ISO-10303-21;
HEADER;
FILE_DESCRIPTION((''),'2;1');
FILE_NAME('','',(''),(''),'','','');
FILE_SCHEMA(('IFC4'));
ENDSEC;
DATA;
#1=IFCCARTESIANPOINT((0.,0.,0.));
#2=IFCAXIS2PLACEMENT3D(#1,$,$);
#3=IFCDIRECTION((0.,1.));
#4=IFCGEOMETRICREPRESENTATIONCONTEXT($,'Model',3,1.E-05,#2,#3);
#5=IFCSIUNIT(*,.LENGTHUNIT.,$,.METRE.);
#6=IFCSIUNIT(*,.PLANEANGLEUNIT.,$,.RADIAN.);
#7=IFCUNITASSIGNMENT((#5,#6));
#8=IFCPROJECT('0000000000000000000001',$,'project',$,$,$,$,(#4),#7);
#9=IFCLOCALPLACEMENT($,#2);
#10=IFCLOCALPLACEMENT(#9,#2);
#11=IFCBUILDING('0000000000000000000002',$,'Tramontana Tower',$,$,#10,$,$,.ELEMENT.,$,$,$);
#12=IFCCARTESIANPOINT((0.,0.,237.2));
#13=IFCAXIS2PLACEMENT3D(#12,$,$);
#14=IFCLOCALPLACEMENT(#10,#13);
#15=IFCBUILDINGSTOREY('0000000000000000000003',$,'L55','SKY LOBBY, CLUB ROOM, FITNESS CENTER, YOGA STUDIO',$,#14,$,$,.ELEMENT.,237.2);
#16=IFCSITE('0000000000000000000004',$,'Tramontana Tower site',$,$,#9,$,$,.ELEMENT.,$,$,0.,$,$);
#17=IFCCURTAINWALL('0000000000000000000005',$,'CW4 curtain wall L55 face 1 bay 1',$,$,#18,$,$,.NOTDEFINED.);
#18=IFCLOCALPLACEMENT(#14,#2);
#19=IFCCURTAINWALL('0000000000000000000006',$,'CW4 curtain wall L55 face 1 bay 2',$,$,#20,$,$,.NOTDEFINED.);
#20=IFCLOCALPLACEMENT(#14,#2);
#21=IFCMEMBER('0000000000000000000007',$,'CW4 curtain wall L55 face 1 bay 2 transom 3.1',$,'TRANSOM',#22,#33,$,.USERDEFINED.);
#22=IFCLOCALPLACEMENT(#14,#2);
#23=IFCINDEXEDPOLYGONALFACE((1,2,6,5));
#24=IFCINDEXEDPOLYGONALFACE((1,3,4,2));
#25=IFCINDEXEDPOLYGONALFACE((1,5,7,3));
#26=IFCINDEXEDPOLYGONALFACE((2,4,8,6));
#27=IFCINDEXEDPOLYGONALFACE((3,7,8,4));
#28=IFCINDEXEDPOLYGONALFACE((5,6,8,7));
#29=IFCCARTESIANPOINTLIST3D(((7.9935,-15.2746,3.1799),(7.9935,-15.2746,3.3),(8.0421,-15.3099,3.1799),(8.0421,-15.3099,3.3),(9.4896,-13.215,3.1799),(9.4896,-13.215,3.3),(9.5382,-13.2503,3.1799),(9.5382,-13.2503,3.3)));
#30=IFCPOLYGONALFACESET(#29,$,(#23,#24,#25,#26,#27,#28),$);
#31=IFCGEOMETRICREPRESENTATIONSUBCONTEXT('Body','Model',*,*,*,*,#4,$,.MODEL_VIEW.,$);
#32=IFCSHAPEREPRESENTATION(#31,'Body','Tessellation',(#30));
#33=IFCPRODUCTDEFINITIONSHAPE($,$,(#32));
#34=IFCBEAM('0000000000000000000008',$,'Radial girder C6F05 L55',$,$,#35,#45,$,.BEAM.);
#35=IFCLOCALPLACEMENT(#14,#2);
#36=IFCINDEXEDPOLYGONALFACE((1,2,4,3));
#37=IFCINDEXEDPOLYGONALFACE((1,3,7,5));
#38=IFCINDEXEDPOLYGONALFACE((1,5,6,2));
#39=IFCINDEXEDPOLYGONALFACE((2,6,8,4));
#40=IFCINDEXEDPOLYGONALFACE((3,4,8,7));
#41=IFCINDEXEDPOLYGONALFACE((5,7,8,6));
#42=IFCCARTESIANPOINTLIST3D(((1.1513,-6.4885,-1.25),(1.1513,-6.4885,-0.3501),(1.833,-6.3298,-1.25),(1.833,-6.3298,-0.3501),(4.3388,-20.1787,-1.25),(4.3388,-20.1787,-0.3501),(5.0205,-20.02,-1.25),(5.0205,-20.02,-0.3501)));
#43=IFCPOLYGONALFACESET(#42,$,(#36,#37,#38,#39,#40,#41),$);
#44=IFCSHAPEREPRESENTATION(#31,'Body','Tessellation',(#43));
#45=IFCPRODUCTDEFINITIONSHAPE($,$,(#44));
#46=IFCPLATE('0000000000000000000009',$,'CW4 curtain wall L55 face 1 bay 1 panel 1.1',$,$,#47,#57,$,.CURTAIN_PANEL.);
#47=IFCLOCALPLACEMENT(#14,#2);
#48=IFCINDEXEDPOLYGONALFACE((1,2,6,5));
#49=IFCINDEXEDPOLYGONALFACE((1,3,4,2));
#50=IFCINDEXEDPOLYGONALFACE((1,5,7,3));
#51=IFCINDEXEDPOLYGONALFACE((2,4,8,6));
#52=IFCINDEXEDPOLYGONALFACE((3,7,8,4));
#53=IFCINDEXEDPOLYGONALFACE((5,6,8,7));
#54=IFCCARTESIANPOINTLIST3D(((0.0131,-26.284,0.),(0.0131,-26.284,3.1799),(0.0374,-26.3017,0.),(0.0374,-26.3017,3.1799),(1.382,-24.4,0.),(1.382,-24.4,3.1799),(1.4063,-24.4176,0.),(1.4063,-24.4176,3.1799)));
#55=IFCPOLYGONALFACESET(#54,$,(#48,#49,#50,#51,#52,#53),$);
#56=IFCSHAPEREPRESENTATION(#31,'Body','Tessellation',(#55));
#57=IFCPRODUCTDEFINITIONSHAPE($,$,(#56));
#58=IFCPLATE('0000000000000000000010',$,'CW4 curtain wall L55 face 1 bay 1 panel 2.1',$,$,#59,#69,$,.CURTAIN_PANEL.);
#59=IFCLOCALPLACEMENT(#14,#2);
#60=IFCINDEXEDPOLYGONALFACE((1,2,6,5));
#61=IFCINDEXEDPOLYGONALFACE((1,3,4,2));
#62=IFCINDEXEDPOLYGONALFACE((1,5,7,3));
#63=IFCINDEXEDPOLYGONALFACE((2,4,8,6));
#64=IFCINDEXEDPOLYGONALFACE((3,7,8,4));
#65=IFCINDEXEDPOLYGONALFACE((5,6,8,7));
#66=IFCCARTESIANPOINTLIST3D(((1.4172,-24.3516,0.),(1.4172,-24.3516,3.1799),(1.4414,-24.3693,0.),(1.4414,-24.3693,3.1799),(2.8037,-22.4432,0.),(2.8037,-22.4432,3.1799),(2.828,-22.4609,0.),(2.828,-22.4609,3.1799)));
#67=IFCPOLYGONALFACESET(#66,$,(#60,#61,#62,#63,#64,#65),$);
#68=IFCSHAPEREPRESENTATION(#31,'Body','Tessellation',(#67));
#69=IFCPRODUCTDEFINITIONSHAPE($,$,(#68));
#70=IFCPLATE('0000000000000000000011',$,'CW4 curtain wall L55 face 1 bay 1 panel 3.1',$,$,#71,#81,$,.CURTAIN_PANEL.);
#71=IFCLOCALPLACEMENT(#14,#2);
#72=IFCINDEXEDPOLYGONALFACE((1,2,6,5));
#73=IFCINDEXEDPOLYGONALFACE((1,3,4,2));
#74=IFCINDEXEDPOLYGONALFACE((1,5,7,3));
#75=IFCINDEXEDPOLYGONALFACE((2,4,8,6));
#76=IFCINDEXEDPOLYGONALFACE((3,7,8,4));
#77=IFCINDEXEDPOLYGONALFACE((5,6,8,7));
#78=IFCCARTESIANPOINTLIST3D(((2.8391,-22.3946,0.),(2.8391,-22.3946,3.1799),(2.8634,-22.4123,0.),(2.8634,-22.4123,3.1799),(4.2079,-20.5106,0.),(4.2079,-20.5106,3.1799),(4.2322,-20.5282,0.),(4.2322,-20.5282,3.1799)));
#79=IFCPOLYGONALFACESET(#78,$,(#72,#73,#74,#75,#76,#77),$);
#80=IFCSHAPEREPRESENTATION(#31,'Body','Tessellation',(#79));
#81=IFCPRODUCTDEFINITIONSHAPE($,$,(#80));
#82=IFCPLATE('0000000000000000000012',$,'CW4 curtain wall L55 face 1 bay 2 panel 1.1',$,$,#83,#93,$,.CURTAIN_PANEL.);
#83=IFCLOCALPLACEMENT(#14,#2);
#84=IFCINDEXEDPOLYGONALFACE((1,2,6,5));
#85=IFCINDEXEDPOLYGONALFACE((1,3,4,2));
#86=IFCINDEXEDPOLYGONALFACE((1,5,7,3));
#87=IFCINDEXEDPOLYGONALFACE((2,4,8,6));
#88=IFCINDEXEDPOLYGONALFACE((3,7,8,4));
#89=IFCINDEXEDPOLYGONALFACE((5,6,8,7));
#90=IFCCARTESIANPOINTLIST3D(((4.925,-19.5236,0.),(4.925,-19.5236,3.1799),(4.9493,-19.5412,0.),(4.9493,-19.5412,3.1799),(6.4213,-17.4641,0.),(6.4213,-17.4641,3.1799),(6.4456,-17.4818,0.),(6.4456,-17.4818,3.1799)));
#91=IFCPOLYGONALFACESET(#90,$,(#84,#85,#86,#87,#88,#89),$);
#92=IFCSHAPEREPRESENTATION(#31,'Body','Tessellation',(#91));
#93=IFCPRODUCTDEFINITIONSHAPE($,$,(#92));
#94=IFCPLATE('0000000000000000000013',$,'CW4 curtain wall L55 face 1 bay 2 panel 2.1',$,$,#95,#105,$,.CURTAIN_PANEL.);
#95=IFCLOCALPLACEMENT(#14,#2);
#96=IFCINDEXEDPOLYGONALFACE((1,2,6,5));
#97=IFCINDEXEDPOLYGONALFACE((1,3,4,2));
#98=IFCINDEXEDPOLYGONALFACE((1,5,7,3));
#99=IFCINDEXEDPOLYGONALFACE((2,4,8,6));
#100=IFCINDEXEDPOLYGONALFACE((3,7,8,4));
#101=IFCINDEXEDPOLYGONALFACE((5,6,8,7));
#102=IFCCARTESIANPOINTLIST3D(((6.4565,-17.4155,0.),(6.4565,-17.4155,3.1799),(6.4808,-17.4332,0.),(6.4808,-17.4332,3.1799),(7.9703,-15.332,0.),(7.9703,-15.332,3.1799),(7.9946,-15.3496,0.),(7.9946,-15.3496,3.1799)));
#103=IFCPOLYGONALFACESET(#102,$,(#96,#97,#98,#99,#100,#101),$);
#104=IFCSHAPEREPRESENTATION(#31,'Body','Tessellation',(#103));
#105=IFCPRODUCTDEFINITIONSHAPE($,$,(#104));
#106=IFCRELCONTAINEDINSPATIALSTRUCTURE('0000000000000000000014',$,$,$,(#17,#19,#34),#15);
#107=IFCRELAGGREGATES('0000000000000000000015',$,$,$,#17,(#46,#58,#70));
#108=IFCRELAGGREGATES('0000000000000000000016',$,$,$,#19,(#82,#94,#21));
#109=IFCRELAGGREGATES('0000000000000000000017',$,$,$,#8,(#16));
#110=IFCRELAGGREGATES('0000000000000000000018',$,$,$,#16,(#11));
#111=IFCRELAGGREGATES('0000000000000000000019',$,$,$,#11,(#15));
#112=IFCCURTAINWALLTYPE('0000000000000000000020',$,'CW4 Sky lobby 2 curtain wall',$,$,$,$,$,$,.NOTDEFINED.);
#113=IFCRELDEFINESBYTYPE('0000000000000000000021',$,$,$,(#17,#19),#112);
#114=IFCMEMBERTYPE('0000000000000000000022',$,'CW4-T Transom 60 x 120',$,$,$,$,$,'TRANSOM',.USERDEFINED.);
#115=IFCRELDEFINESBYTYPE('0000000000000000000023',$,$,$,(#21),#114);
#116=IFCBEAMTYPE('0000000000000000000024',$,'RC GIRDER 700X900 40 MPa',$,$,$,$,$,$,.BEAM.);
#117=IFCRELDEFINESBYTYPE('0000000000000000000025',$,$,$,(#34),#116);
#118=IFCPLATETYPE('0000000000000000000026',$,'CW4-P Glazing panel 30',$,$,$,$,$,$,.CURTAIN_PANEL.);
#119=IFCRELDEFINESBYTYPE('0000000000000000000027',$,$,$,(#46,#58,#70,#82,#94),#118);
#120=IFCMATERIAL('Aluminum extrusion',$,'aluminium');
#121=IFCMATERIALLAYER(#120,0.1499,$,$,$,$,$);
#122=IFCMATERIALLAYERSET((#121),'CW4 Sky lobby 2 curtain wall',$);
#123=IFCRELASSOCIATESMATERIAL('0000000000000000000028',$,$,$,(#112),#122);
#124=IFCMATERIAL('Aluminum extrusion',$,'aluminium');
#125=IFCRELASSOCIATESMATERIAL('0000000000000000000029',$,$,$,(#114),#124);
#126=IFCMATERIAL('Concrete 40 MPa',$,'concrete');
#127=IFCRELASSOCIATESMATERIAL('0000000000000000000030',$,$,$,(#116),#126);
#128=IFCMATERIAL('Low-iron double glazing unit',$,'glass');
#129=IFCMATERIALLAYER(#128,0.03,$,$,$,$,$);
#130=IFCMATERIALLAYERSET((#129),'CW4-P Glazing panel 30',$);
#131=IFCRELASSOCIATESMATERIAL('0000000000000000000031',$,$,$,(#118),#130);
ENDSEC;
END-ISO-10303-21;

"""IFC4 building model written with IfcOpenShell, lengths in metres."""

from ifc_helpers import new_model, si_unit, direction, frame, origin, origin_2d, place, context, subcontext, project, spatial, rectangle, extrude, material, layer, layer_set, material_profile, profile_set, type_object, element, aggregate, save


model = new_model("IFC4")

# Units and contexts
model_context = context("Model", 3, precision=1e-05, world=origin(), true_north=direction((0.0, 1.0)))
body_context = subcontext(model_context, "Body", "Model", "MODEL_VIEW")
ifc_project = project(units=[si_unit("LENGTHUNIT", "METRE"), si_unit("PLANEANGLEUNIT", "RADIAN")], contexts=[model_context])

# Site, building, storey
site_placement = place(None, origin())
site = spatial("IfcSite", under=ifc_project, at=site_placement, Name="Tramontana Tower site", CompositionType="ELEMENT", RefElevation=0.0)
building_placement = place(site_placement, origin())
building = spatial("IfcBuilding", under=site, at=building_placement, Name="Tramontana Tower", CompositionType="ELEMENT")
storey_placement = place(building_placement, frame((0.0, 0.0, 237.2)))
storey = spatial("IfcBuildingStorey", under=building, at=storey_placement, Name="L55", Description="SKY LOBBY, CLUB ROOM, FITNESS CENTER, YOGA STUDIO", CompositionType="ELEMENT", Elevation=237.2)

# Curtain walls
ifc_material_1 = material(Name="Aluminum extrusion", Category="aluminium")
ifc_layer_1 = layer(ifc_material_1, 0.1499)
ifc_layer_set_1 = layer_set([ifc_layer_1], Name="CW4 Sky lobby 2 curtain wall")
curtain_wall_type = type_object("IfcCurtainWallType", Name="CW4 Sky lobby 2 curtain wall", PredefinedType="NOTDEFINED", material=ifc_layer_set_1)
curtain_wall_1_placement = place(storey_placement, origin())
curtain_wall_1 = element("IfcCurtainWall", 1, at=curtain_wall_1_placement, inside=storey, type_object=curtain_wall_type, Name="CW4 curtain wall L55 face 1 bay 1", PredefinedType="NOTDEFINED")
curtain_wall_2_placement = place(storey_placement, origin())
curtain_wall_2 = element("IfcCurtainWall", 2, at=curtain_wall_2_placement, inside=storey, type_object=curtain_wall_type, Name="CW4 curtain wall L55 face 1 bay 2", PredefinedType="NOTDEFINED")

# Member
ifc_material_2 = material(Name="Aluminum extrusion", Category="aluminium")
ifc_material_profile_1 = material_profile(ifc_material_2, rectangle(XDim=0.0601, YDim=0.1201, at=origin_2d()), Name="CW4-T Transom 60 x 120")
ifc_profile_set_1 = profile_set([ifc_material_profile_1], Name="Aluminum extrusion")
member_type_1 = type_object("IfcMemberType", Name="CW4-T Transom 60 x 120", ElementType="TRANSOM", PredefinedType="USERDEFINED", material=ifc_profile_set_1)
member_1_placement = place(storey_placement, frame((8.0178, -15.2922, 3.24), z_axis=(0.587715, 0.809068, 0.0), x_axis=(-0.809068, 0.587715, 0.0)))
member_1 = element("IfcMember", 3, at=member_1_placement, type_object=member_type_1, Name="CW4 curtain wall L55 face 1 bay 2 transom 3.1", ObjectType="TRANSOM", PredefinedType="USERDEFINED", context=body_context, shape_type="SweptSolid", body=[
    extrude(rectangle(XDim=0.0601, YDim=0.1201, at=origin_2d()), origin(), (0.0, 0.0, 1.0), 2.5457),
])

# Beam
ifc_material_3 = material(Name="Concrete 40 MPa", Category="concrete")
ifc_material_profile_2 = material_profile(ifc_material_3, rectangle(XDim=0.7, YDim=0.8999, at=origin_2d()), Name="RC GIRDER 700X900 40 MPa")
ifc_profile_set_2 = profile_set([ifc_material_profile_2], Name="Concrete 40 MPa")
beam_type = type_object("IfcBeamType", Name="RC GIRDER 700X900 40 MPa", PredefinedType="BEAM", material=ifc_profile_set_2)
beam_placement = place(storey_placement, frame((4.6797, -20.0994, -0.8), z_axis=(-0.226766, 0.973949, 0.0), x_axis=(-0.973949, -0.226766, 0.0)))
element("IfcBeam", 4, at=beam_placement, inside=storey, type_object=beam_type, Name="Radial girder C6F05 L55", PredefinedType="BEAM", context=body_context, shape_type="SweptSolid", body=[
    extrude(rectangle(XDim=0.7, YDim=0.8999, at=origin_2d()), origin(), (0.0, 0.0, 1.0), 14.0564),
])

# Plates
ifc_material_4 = material(Name="Low-iron double glazing unit", Category="glass")
ifc_layer_2 = layer(ifc_material_4, 0.03)
ifc_layer_set_2 = layer_set([ifc_layer_2], Name="CW4-P Glazing panel 30")
plate_type = type_object("IfcPlateType", Name="CW4-P Glazing panel 30", PredefinedType="CURTAIN_PANEL", material=ifc_layer_set_2)
plate_1_placement = place(storey_placement, frame((0.7097, -25.3508, 0.0), z_axis=(0.0, 0.0, 1.0), x_axis=(0.587785, 0.809017, 0.0)))
plate_1 = element("IfcPlate", 5, at=plate_1_placement, type_object=plate_type, Name="CW4 curtain wall L55 face 1 bay 1 panel 1.1", PredefinedType="CURTAIN_PANEL", context=body_context, shape_type="SweptSolid", body=[
    extrude(rectangle(XDim=2.3289, YDim=0.03, at=origin_2d()), origin(), (0.0, 0.0, 1.0), 3.1799),
])
plate_2_placement = place(storey_placement, frame((2.1226, -23.4062, 0.0), z_axis=(0.0, 0.0, 1.0), x_axis=(0.587785, 0.809017, 0.0)))
plate_2 = element("IfcPlate", 6, at=plate_2_placement, type_object=plate_type, Name="CW4 curtain wall L55 face 1 bay 1 panel 2.1", PredefinedType="CURTAIN_PANEL", context=body_context, shape_type="SweptSolid", body=[
    extrude(rectangle(XDim=2.3589, YDim=0.03, at=origin_2d()), origin(), (0.0, 0.0, 1.0), 3.1799),
])
plate_3_placement = place(storey_placement, frame((3.5356, -21.4614, 0.0), z_axis=(0.0, 0.0, 1.0), x_axis=(0.587785, 0.809017, 0.0)))
plate_3 = element("IfcPlate", 7, at=plate_3_placement, type_object=plate_type, Name="CW4 curtain wall L55 face 1 bay 1 panel 3.1", PredefinedType="CURTAIN_PANEL", context=body_context, shape_type="SweptSolid", body=[
    extrude(rectangle(XDim=2.3289, YDim=0.03, at=origin_2d()), origin(), (0.0, 0.0, 1.0), 3.1799),
])
aggregate(curtain_wall_1, [plate_1, plate_2, plate_3])
plate_4_placement = place(storey_placement, frame((5.6853, -18.5027, 0.0), z_axis=(0.0, 0.0, 1.0), x_axis=(0.587785, 0.809017, 0.0)))
plate_4 = element("IfcPlate", 8, at=plate_4_placement, type_object=plate_type, Name="CW4 curtain wall L55 face 1 bay 2 panel 1.1", PredefinedType="CURTAIN_PANEL", context=body_context, shape_type="SweptSolid", body=[
    extrude(rectangle(XDim=2.5457, YDim=0.03, at=origin_2d()), origin(), (0.0, 0.0, 1.0), 3.1799),
])
plate_5_placement = place(storey_placement, frame((7.2256, -16.3826, 0.0), z_axis=(0.0, 0.0, 1.0), x_axis=(0.587785, 0.809017, 0.0)))
plate_5 = element("IfcPlate", 9, at=plate_5_placement, type_object=plate_type, Name="CW4 curtain wall L55 face 1 bay 2 panel 2.1", PredefinedType="CURTAIN_PANEL", context=body_context, shape_type="SweptSolid", body=[
    extrude(rectangle(XDim=2.5754, YDim=0.03, at=origin_2d()), origin(), (0.0, 0.0, 1.0), 3.1799),
])
aggregate(curtain_wall_2, [plate_4, plate_5, member_1])

save(model, "model.ifc")
